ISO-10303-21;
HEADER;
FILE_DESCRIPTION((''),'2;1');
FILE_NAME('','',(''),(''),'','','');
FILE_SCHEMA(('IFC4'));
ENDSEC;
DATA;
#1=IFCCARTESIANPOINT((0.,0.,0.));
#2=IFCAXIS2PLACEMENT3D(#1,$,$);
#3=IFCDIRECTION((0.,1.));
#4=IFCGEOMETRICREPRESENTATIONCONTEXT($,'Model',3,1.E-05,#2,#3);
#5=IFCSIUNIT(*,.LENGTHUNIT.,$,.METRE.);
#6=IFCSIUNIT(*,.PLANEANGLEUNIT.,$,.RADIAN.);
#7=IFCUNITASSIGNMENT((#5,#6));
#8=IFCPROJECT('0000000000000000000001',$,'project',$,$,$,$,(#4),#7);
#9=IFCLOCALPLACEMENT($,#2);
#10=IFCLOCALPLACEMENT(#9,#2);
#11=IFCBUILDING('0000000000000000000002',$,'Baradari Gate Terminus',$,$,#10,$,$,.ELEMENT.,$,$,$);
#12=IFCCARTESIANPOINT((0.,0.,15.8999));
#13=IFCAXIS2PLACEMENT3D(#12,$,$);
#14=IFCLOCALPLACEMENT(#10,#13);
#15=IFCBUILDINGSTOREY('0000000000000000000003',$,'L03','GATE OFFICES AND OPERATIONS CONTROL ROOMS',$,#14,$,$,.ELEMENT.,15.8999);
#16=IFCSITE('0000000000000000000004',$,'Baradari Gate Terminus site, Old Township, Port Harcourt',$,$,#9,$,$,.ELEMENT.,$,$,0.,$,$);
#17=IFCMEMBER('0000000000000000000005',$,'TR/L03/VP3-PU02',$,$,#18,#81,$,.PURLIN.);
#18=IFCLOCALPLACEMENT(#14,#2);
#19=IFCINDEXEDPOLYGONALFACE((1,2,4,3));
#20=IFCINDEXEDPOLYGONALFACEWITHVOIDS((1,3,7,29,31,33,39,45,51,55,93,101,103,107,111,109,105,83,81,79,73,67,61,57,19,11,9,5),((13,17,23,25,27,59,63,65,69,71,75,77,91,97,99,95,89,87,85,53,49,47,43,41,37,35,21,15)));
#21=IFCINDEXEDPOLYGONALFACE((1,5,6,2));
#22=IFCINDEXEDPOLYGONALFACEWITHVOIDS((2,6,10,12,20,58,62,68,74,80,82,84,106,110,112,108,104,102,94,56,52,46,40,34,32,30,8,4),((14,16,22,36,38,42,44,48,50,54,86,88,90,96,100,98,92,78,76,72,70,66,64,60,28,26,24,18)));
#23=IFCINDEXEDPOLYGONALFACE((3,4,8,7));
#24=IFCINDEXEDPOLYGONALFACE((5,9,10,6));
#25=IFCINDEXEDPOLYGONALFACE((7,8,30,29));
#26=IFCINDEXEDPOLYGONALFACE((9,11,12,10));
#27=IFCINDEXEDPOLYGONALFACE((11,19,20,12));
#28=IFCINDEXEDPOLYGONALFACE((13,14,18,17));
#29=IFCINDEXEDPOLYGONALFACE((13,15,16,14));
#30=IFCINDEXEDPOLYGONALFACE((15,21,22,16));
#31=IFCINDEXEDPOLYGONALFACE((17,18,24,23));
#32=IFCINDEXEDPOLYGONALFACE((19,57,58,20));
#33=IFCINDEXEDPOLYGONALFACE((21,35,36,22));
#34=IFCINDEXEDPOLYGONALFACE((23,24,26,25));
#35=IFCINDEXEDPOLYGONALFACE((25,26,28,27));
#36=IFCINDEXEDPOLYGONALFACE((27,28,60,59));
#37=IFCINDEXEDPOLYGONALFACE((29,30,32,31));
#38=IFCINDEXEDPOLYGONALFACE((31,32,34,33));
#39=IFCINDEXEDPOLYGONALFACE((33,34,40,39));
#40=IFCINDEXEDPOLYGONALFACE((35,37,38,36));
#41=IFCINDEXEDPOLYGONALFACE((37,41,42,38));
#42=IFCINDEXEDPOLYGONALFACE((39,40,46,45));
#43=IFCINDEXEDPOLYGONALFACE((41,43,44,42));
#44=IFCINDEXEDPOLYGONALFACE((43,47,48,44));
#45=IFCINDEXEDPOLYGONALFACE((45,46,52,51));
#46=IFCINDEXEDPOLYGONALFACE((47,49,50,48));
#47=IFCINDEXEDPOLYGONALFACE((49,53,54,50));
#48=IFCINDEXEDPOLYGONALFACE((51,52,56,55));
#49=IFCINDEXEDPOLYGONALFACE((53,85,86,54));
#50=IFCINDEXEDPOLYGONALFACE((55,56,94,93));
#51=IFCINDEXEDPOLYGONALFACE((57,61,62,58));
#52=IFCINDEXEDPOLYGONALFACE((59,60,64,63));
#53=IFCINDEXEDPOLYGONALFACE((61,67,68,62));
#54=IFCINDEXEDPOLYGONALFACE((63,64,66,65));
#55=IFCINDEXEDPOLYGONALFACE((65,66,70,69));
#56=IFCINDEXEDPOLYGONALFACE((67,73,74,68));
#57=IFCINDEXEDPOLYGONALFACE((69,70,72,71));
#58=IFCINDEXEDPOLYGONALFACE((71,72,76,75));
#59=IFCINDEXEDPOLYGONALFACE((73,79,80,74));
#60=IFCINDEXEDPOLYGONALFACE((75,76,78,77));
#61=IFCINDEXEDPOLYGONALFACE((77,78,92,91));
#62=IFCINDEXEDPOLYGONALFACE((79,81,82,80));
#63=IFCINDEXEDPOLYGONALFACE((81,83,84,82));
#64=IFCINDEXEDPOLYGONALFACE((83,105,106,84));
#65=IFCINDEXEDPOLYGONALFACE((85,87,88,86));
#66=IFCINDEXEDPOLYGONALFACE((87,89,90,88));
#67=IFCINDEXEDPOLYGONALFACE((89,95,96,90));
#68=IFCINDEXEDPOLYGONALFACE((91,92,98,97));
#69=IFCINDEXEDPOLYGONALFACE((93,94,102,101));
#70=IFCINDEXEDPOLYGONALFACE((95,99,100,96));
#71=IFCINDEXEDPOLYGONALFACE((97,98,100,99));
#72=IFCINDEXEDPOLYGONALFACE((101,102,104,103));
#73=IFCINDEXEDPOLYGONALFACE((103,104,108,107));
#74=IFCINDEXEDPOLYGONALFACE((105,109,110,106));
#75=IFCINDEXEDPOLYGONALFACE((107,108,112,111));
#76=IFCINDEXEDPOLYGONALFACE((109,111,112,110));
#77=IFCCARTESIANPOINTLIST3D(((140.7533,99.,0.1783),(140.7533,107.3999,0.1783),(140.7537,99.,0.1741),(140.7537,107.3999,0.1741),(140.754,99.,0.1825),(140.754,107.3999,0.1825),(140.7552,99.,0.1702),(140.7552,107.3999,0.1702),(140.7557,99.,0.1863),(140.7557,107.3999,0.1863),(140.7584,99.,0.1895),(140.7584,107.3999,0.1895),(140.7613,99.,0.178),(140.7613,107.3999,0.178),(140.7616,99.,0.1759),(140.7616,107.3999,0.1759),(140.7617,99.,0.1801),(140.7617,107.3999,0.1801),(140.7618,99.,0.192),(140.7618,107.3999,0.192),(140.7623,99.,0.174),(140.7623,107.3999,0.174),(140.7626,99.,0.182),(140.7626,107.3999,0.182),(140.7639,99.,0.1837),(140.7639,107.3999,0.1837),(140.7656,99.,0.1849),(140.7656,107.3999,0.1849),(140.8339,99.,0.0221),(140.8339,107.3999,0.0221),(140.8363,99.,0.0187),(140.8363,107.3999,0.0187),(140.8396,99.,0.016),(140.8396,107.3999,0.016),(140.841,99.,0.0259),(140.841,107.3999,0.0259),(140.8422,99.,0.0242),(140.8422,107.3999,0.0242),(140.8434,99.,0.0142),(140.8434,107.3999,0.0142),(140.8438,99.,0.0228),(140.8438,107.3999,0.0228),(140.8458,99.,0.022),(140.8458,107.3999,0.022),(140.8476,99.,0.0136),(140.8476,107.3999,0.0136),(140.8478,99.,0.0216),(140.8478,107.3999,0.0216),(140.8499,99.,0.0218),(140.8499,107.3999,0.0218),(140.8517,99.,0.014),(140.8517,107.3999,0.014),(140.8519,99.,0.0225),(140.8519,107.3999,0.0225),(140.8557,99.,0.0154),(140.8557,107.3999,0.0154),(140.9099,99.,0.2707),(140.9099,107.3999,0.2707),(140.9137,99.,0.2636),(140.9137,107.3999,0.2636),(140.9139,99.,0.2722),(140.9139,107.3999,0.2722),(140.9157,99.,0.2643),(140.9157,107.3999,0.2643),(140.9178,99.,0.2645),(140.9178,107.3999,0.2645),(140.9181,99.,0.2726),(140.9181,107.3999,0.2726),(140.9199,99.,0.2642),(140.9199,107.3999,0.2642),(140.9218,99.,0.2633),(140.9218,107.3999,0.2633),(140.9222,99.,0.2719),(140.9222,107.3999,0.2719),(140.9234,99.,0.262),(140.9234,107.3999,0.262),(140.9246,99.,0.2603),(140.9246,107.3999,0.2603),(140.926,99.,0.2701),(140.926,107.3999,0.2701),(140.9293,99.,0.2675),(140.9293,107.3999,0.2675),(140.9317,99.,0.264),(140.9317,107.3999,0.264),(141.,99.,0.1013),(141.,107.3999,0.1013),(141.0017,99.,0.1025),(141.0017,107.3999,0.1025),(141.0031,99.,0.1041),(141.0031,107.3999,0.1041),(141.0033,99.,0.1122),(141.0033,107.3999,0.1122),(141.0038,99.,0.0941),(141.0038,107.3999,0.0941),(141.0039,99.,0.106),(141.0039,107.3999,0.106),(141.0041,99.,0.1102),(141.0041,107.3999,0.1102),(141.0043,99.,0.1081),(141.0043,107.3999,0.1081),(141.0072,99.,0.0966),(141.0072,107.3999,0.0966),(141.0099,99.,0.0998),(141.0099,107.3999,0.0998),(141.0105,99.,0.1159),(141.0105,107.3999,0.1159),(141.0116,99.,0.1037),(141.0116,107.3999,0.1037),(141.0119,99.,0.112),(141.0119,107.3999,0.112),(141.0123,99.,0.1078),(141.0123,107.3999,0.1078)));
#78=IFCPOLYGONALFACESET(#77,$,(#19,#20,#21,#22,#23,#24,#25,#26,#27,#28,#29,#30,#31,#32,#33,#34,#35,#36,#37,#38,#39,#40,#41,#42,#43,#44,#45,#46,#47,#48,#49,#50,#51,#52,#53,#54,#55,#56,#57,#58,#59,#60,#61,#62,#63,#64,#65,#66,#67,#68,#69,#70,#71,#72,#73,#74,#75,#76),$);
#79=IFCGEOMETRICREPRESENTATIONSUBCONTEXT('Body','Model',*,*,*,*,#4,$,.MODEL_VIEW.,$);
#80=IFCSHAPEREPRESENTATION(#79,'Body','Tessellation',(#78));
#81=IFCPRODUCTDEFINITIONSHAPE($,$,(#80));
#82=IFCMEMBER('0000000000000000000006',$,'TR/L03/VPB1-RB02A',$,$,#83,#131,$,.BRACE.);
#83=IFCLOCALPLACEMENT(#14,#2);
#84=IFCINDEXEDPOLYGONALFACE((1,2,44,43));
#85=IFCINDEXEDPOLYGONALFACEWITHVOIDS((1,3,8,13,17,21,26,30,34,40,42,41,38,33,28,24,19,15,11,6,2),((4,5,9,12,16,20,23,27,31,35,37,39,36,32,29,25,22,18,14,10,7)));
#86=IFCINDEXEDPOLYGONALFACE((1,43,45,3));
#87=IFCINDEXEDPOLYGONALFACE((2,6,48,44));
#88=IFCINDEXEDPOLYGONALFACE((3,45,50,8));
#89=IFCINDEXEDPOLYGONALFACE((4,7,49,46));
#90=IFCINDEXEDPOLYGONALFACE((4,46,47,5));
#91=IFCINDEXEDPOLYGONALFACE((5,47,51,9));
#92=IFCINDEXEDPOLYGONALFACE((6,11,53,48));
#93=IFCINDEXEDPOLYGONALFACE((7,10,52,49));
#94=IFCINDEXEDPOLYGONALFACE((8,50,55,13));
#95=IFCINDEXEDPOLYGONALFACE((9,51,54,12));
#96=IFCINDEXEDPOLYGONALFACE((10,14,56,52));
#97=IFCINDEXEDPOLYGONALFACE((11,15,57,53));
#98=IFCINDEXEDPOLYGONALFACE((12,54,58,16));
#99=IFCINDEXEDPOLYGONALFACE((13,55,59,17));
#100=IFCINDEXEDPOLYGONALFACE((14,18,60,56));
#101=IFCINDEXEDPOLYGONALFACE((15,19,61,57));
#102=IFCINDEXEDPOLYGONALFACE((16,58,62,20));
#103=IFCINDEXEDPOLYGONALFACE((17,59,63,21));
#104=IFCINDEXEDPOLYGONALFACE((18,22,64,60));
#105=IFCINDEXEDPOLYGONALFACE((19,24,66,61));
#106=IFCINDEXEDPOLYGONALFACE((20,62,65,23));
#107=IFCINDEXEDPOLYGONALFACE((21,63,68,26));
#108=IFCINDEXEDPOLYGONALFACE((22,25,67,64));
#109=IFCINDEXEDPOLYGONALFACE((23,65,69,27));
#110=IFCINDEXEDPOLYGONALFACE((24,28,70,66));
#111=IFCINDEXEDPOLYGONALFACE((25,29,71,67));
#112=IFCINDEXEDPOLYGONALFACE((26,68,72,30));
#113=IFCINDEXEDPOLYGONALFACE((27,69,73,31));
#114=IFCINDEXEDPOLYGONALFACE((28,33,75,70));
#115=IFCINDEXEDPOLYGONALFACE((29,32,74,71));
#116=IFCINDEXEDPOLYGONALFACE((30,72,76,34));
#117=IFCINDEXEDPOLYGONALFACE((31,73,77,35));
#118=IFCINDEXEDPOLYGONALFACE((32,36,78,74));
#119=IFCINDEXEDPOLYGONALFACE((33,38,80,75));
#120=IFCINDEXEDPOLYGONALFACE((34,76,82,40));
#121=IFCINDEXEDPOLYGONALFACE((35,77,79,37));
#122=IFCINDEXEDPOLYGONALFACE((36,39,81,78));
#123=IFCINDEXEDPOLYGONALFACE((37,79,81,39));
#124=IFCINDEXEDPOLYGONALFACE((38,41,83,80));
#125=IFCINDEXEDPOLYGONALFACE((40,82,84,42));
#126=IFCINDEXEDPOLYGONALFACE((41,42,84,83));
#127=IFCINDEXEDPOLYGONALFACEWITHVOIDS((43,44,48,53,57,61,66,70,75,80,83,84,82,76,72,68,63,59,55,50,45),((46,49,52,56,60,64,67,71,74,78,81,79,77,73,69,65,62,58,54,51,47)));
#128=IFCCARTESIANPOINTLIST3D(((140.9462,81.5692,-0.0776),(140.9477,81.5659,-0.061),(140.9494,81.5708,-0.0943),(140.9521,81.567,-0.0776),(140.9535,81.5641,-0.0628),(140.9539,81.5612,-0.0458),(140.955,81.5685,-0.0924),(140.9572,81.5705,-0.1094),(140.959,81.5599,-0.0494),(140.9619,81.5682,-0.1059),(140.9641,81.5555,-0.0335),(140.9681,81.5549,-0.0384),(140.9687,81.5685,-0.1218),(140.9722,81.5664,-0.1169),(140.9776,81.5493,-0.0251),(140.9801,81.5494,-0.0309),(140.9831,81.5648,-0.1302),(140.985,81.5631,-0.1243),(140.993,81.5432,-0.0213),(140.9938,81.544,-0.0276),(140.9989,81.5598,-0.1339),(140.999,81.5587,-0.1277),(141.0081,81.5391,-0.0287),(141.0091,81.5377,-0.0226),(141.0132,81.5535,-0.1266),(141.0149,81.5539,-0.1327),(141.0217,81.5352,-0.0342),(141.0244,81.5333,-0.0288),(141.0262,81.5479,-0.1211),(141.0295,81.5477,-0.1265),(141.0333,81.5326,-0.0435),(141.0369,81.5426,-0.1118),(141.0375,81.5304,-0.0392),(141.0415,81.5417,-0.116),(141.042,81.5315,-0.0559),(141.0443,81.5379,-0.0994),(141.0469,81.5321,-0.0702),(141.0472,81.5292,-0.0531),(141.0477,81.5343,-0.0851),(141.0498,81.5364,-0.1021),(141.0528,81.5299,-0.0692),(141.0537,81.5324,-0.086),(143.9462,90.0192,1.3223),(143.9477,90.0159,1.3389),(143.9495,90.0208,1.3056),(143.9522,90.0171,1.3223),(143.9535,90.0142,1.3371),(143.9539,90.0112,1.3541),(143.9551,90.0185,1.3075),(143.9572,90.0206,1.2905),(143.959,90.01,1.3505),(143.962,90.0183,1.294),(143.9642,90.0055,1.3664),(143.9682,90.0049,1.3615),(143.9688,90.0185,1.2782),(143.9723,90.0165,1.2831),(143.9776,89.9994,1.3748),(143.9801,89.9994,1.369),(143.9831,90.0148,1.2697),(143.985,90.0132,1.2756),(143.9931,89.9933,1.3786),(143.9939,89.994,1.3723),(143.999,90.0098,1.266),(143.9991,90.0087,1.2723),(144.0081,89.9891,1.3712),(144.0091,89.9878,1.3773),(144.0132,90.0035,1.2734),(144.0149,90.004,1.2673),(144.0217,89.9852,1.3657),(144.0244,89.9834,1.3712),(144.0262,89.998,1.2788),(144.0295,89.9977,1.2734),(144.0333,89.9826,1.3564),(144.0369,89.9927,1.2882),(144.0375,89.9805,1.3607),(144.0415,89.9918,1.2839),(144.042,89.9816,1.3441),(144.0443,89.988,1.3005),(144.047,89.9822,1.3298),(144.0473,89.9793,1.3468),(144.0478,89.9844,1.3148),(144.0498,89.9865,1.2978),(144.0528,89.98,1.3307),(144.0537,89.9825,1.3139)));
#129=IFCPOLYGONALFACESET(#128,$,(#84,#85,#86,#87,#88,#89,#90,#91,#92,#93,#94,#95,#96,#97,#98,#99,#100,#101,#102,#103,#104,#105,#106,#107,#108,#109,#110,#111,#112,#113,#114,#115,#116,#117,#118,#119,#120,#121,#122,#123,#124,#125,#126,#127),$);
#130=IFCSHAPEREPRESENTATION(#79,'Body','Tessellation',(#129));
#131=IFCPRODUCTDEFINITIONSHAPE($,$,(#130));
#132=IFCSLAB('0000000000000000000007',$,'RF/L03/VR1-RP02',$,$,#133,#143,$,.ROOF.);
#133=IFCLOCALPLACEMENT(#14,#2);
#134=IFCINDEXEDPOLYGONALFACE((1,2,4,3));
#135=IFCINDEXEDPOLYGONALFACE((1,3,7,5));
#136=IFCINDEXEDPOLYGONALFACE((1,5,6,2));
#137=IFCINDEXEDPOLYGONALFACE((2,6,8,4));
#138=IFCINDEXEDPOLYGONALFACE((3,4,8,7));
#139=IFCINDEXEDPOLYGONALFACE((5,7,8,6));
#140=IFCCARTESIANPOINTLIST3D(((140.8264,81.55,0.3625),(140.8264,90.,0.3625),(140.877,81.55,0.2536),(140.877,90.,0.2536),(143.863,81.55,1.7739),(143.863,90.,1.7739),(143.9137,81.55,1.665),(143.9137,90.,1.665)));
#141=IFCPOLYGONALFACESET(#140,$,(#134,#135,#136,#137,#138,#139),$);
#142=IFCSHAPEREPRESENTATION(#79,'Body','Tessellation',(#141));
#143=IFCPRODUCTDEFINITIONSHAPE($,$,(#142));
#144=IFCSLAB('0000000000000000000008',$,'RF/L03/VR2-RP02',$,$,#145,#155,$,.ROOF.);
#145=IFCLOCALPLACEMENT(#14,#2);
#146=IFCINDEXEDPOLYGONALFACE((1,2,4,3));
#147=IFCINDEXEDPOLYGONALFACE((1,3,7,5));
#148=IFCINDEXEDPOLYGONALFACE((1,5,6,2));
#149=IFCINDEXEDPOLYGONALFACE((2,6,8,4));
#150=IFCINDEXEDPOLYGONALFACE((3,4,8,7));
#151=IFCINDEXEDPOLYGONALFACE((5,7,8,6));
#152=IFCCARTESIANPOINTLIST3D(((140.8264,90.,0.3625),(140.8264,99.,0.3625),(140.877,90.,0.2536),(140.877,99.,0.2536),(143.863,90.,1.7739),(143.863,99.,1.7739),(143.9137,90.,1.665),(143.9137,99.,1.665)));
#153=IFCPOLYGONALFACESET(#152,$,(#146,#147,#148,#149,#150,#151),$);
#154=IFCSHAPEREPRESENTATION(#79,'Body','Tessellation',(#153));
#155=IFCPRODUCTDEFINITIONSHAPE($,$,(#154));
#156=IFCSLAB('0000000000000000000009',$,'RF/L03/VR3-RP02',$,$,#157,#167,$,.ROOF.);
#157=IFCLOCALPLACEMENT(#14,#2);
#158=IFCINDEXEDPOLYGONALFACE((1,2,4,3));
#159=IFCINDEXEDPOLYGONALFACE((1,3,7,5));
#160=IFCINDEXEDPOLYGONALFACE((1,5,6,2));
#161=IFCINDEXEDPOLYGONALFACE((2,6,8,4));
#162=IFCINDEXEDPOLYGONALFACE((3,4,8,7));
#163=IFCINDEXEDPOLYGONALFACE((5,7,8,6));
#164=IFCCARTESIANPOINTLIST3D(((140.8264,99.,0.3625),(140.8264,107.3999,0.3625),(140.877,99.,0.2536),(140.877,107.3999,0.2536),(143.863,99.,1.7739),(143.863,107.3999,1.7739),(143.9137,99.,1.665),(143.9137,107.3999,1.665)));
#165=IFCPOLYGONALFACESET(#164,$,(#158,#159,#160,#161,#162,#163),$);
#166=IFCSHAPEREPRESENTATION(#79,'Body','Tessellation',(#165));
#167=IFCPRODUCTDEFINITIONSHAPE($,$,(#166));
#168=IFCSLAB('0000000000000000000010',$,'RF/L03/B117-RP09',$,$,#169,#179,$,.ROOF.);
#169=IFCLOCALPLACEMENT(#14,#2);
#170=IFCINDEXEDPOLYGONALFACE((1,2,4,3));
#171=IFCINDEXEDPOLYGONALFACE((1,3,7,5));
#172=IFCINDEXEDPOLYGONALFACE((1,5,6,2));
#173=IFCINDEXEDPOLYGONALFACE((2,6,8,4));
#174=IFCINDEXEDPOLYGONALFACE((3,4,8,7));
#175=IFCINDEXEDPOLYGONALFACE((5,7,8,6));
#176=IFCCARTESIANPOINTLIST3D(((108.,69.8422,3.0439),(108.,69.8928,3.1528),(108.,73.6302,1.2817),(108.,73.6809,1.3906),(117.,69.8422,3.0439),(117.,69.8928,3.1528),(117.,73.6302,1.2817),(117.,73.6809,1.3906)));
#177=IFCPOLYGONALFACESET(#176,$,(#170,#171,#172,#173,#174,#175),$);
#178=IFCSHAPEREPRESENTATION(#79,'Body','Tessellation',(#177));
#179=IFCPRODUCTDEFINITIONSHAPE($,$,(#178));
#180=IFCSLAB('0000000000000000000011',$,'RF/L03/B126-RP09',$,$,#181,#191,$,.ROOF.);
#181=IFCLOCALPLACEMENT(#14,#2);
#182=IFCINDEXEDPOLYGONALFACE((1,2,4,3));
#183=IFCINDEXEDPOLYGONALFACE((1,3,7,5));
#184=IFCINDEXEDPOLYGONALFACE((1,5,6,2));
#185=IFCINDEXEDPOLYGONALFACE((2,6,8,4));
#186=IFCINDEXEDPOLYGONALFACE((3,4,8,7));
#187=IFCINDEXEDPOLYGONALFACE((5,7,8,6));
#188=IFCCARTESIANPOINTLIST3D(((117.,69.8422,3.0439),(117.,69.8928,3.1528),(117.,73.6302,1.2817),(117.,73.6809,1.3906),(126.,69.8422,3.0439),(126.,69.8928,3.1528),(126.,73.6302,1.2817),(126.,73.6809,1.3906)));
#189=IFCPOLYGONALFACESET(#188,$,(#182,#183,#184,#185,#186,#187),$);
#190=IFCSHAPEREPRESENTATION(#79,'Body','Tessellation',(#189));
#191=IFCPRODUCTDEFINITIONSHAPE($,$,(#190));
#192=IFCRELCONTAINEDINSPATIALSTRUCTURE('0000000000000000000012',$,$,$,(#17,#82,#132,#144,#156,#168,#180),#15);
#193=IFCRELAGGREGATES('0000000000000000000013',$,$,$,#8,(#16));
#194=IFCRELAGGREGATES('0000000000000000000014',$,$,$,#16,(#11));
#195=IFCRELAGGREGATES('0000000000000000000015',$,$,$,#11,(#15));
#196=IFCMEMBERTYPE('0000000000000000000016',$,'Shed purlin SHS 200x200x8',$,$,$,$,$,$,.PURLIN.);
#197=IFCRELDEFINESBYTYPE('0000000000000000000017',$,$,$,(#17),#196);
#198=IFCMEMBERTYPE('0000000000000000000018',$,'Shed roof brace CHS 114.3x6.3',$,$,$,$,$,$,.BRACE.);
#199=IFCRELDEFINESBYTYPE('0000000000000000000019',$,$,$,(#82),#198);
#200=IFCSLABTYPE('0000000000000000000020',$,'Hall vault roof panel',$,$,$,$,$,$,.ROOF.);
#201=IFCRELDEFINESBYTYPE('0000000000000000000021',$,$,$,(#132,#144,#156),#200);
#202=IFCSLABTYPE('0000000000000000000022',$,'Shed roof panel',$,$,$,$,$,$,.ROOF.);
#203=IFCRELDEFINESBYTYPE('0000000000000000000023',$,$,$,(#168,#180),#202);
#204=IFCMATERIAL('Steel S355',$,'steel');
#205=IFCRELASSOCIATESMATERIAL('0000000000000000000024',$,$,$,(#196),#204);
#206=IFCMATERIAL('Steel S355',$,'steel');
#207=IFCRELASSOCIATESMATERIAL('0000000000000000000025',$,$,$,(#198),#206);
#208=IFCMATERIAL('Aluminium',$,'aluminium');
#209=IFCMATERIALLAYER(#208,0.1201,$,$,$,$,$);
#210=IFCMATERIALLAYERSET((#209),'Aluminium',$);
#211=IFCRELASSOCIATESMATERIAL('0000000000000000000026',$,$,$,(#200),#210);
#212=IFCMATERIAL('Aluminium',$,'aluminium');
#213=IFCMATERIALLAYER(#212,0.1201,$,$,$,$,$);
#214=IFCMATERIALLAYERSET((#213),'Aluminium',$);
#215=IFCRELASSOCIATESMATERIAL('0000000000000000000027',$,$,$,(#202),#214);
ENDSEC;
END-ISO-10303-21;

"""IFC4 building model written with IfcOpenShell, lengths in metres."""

from ifc_helpers import new_model, si_unit, direction, frame, origin, origin_2d, place, context, subcontext, project, spatial, polyline, hollow_rectangle, hollow_circle, outline, extrude, material, layer, layer_set, material_profile, profile_set, type_object, element, save


model = new_model("IFC4")

# Units and contexts
model_context = context("Model", 3, precision=1e-05, world=origin(), true_north=direction((0.0, 1.0)))
body_context = subcontext(model_context, "Body", "Model", "MODEL_VIEW")
ifc_project = project(units=[si_unit("LENGTHUNIT", "METRE"), si_unit("PLANEANGLEUNIT", "RADIAN")], contexts=[model_context])

# Site, building, storey
site_placement = place(None, origin())
site = spatial("IfcSite", under=ifc_project, at=site_placement, Name="Baradari Gate Terminus site, Old Township, Port Harcourt", CompositionType="ELEMENT", RefElevation=0.0)
building_placement = place(site_placement, origin())
building = spatial("IfcBuilding", under=site, at=building_placement, Name="Baradari Gate Terminus", CompositionType="ELEMENT")
storey_placement = place(building_placement, frame((0.0, 0.0, 15.8999)))
storey = spatial("IfcBuildingStorey", under=building, at=storey_placement, Name="L03", Description="GATE OFFICES AND OPERATIONS CONTROL ROOMS", CompositionType="ELEMENT", Elevation=15.8999)

# Members
ifc_material_1 = material(Name="Steel S355", Category="steel")
ifc_material_profile_1 = material_profile(ifc_material_1, hollow_rectangle(XDim=0.2, YDim=0.2, WallThickness=0.0081, InnerFilletRadius=0.0081, OuterFilletRadius=0.0161, at=origin_2d()), Name="SHS 200x200x8")
ifc_profile_set_1 = profile_set([ifc_material_profile_1], Name="Steel S355")
member_type_1 = type_object("IfcMemberType", Name="Shed purlin SHS 200x200x8", PredefinedType="PURLIN", material=ifc_profile_set_1)
member_1_placement = place(storey_placement, frame((140.8828, 99.0, 0.1431), z_axis=(0.0, 1.0, 0.0), x_axis=(-0.883027, 0.0, -0.469322)))
element("IfcMember", 1, at=member_1_placement, inside=storey, type_object=member_type_1, Name="TR/L03/VP3-PU02", PredefinedType="PURLIN", context=body_context, shape_type="SweptSolid", body=[
    extrude(hollow_rectangle(XDim=0.2, YDim=0.2, WallThickness=0.0081, InnerFilletRadius=0.0081, OuterFilletRadius=0.0161, at=origin_2d()), origin(), (0.0, 0.0, 1.0), 8.3999),
])
ifc_material_2 = material(Name="Steel S355", Category="steel")
ifc_material_profile_2 = material_profile(ifc_material_2, hollow_circle(Radius=0.0571, WallThickness=0.0063, at=origin_2d()), Name="CHS 114.3x6.3")
ifc_profile_set_2 = profile_set([ifc_material_profile_2], Name="Steel S355")
member_type_2 = type_object("IfcMemberType", Name="Shed roof brace CHS 114.3x6.3", PredefinedType="BRACE", material=ifc_profile_set_2)
member_2_placement = place(storey_placement, frame((141.0, 81.55, -0.0776), z_axis=(0.330567, 0.931091, 0.154254), x_axis=(-0.94237, 0.334571, 0.0)))
element("IfcMember", 2, at=member_2_placement, inside=storey, type_object=member_type_2, Name="TR/L03/VPB1-RB02A", PredefinedType="BRACE", context=body_context, shape_type="SweptSolid", body=[
    extrude(hollow_circle(Radius=0.0571, WallThickness=0.0063, at=origin_2d()), origin(), (0.0, 0.0, 1.0), 9.0754),
])

# Slabs
ifc_material_3 = material(Name="Aluminium", Category="aluminium")
ifc_layer_1 = layer(ifc_material_3, 0.1201)
ifc_layer_set_1 = layer_set([ifc_layer_1], Name="Aluminium")
slab_type_1 = type_object("IfcSlabType", Name="Hall vault roof panel", PredefinedType="ROOF", material=ifc_layer_set_1)
slab_1_placement = place(storey_placement, frame((140.8264, 81.55, 0.3625), z_axis=(-0.421484, 0.0, 0.906836), x_axis=(0.0, 1.0, 0.0)))
element("IfcSlab", 3, at=slab_1_placement, inside=storey, type_object=slab_type_1, Name="RF/L03/VR1-RP02", PredefinedType="ROOF", context=body_context, shape_type="SweptSolid", body=[
    extrude(outline(polyline([(0.0, 0.0), (8.45, 0.0), (8.45, -3.3486), (0.0, -3.3486), (0.0, 0.0)])), origin(), (0.0, 0.0, -1.0), 0.1201),
])
slab_2_placement = place(storey_placement, frame((140.8264, 90.0, 0.3625), z_axis=(-0.421484, 0.0, 0.906836), x_axis=(0.0, 1.0, 0.0)))
element("IfcSlab", 4, at=slab_2_placement, inside=storey, type_object=slab_type_1, Name="RF/L03/VR2-RP02", PredefinedType="ROOF", context=body_context, shape_type="SweptSolid", body=[
    extrude(outline(polyline([(0.0, 0.0), (9.0, 0.0), (9.0, -3.3486), (0.0, -3.3486), (0.0, 0.0)])), origin(), (0.0, 0.0, -1.0), 0.1201),
])
slab_3_placement = place(storey_placement, frame((140.8264, 99.0, 0.3625), z_axis=(-0.421484, 0.0, 0.906836), x_axis=(0.0, 1.0, 0.0)))
element("IfcSlab", 5, at=slab_3_placement, inside=storey, type_object=slab_type_1, Name="RF/L03/VR3-RP02", PredefinedType="ROOF", context=body_context, shape_type="SweptSolid", body=[
    extrude(outline(polyline([(0.0, 0.0), (8.3999, 0.0), (8.3999, -3.3486), (0.0, -3.3486), (0.0, 0.0)])), origin(), (0.0, 0.0, -1.0), 0.1201),
])
ifc_material_4 = material(Name="Aluminium", Category="aluminium")
ifc_layer_2 = layer(ifc_material_4, 0.1201)
ifc_layer_set_2 = layer_set([ifc_layer_2], Name="Aluminium")
slab_type_2 = type_object("IfcSlabType", Name="Shed roof panel", PredefinedType="ROOF", material=ifc_layer_set_2)
for number, where, z_axis, x_axis, name in (
    (6, (108.0, 69.8928, 3.1528), (0.0, 0.421791, 0.906693), (1.0, 0.0, 0.0), "RF/L03/B117-RP09"),
    (7, (117.0, 69.8928, 3.1528), (0.0, 0.421791, 0.906693), (1.0, 0.0, 0.0), "RF/L03/B126-RP09"),
):
    element("IfcSlab", number, at=place(storey_placement, frame(where, z_axis=z_axis, x_axis=x_axis)), inside=storey, type_object=slab_type_2, Name=name, PredefinedType="ROOF", context=body_context, shape_type="SweptSolid", body=[
        extrude(outline(polyline([(0.0, 0.0), (9.0, 0.0), (9.0, 4.1779), (0.0, 4.1779), (0.0, 0.0)])), origin(), (0.0, 0.0, -1.0), 0.1201),
    ])

save(model, "model.ifc")
